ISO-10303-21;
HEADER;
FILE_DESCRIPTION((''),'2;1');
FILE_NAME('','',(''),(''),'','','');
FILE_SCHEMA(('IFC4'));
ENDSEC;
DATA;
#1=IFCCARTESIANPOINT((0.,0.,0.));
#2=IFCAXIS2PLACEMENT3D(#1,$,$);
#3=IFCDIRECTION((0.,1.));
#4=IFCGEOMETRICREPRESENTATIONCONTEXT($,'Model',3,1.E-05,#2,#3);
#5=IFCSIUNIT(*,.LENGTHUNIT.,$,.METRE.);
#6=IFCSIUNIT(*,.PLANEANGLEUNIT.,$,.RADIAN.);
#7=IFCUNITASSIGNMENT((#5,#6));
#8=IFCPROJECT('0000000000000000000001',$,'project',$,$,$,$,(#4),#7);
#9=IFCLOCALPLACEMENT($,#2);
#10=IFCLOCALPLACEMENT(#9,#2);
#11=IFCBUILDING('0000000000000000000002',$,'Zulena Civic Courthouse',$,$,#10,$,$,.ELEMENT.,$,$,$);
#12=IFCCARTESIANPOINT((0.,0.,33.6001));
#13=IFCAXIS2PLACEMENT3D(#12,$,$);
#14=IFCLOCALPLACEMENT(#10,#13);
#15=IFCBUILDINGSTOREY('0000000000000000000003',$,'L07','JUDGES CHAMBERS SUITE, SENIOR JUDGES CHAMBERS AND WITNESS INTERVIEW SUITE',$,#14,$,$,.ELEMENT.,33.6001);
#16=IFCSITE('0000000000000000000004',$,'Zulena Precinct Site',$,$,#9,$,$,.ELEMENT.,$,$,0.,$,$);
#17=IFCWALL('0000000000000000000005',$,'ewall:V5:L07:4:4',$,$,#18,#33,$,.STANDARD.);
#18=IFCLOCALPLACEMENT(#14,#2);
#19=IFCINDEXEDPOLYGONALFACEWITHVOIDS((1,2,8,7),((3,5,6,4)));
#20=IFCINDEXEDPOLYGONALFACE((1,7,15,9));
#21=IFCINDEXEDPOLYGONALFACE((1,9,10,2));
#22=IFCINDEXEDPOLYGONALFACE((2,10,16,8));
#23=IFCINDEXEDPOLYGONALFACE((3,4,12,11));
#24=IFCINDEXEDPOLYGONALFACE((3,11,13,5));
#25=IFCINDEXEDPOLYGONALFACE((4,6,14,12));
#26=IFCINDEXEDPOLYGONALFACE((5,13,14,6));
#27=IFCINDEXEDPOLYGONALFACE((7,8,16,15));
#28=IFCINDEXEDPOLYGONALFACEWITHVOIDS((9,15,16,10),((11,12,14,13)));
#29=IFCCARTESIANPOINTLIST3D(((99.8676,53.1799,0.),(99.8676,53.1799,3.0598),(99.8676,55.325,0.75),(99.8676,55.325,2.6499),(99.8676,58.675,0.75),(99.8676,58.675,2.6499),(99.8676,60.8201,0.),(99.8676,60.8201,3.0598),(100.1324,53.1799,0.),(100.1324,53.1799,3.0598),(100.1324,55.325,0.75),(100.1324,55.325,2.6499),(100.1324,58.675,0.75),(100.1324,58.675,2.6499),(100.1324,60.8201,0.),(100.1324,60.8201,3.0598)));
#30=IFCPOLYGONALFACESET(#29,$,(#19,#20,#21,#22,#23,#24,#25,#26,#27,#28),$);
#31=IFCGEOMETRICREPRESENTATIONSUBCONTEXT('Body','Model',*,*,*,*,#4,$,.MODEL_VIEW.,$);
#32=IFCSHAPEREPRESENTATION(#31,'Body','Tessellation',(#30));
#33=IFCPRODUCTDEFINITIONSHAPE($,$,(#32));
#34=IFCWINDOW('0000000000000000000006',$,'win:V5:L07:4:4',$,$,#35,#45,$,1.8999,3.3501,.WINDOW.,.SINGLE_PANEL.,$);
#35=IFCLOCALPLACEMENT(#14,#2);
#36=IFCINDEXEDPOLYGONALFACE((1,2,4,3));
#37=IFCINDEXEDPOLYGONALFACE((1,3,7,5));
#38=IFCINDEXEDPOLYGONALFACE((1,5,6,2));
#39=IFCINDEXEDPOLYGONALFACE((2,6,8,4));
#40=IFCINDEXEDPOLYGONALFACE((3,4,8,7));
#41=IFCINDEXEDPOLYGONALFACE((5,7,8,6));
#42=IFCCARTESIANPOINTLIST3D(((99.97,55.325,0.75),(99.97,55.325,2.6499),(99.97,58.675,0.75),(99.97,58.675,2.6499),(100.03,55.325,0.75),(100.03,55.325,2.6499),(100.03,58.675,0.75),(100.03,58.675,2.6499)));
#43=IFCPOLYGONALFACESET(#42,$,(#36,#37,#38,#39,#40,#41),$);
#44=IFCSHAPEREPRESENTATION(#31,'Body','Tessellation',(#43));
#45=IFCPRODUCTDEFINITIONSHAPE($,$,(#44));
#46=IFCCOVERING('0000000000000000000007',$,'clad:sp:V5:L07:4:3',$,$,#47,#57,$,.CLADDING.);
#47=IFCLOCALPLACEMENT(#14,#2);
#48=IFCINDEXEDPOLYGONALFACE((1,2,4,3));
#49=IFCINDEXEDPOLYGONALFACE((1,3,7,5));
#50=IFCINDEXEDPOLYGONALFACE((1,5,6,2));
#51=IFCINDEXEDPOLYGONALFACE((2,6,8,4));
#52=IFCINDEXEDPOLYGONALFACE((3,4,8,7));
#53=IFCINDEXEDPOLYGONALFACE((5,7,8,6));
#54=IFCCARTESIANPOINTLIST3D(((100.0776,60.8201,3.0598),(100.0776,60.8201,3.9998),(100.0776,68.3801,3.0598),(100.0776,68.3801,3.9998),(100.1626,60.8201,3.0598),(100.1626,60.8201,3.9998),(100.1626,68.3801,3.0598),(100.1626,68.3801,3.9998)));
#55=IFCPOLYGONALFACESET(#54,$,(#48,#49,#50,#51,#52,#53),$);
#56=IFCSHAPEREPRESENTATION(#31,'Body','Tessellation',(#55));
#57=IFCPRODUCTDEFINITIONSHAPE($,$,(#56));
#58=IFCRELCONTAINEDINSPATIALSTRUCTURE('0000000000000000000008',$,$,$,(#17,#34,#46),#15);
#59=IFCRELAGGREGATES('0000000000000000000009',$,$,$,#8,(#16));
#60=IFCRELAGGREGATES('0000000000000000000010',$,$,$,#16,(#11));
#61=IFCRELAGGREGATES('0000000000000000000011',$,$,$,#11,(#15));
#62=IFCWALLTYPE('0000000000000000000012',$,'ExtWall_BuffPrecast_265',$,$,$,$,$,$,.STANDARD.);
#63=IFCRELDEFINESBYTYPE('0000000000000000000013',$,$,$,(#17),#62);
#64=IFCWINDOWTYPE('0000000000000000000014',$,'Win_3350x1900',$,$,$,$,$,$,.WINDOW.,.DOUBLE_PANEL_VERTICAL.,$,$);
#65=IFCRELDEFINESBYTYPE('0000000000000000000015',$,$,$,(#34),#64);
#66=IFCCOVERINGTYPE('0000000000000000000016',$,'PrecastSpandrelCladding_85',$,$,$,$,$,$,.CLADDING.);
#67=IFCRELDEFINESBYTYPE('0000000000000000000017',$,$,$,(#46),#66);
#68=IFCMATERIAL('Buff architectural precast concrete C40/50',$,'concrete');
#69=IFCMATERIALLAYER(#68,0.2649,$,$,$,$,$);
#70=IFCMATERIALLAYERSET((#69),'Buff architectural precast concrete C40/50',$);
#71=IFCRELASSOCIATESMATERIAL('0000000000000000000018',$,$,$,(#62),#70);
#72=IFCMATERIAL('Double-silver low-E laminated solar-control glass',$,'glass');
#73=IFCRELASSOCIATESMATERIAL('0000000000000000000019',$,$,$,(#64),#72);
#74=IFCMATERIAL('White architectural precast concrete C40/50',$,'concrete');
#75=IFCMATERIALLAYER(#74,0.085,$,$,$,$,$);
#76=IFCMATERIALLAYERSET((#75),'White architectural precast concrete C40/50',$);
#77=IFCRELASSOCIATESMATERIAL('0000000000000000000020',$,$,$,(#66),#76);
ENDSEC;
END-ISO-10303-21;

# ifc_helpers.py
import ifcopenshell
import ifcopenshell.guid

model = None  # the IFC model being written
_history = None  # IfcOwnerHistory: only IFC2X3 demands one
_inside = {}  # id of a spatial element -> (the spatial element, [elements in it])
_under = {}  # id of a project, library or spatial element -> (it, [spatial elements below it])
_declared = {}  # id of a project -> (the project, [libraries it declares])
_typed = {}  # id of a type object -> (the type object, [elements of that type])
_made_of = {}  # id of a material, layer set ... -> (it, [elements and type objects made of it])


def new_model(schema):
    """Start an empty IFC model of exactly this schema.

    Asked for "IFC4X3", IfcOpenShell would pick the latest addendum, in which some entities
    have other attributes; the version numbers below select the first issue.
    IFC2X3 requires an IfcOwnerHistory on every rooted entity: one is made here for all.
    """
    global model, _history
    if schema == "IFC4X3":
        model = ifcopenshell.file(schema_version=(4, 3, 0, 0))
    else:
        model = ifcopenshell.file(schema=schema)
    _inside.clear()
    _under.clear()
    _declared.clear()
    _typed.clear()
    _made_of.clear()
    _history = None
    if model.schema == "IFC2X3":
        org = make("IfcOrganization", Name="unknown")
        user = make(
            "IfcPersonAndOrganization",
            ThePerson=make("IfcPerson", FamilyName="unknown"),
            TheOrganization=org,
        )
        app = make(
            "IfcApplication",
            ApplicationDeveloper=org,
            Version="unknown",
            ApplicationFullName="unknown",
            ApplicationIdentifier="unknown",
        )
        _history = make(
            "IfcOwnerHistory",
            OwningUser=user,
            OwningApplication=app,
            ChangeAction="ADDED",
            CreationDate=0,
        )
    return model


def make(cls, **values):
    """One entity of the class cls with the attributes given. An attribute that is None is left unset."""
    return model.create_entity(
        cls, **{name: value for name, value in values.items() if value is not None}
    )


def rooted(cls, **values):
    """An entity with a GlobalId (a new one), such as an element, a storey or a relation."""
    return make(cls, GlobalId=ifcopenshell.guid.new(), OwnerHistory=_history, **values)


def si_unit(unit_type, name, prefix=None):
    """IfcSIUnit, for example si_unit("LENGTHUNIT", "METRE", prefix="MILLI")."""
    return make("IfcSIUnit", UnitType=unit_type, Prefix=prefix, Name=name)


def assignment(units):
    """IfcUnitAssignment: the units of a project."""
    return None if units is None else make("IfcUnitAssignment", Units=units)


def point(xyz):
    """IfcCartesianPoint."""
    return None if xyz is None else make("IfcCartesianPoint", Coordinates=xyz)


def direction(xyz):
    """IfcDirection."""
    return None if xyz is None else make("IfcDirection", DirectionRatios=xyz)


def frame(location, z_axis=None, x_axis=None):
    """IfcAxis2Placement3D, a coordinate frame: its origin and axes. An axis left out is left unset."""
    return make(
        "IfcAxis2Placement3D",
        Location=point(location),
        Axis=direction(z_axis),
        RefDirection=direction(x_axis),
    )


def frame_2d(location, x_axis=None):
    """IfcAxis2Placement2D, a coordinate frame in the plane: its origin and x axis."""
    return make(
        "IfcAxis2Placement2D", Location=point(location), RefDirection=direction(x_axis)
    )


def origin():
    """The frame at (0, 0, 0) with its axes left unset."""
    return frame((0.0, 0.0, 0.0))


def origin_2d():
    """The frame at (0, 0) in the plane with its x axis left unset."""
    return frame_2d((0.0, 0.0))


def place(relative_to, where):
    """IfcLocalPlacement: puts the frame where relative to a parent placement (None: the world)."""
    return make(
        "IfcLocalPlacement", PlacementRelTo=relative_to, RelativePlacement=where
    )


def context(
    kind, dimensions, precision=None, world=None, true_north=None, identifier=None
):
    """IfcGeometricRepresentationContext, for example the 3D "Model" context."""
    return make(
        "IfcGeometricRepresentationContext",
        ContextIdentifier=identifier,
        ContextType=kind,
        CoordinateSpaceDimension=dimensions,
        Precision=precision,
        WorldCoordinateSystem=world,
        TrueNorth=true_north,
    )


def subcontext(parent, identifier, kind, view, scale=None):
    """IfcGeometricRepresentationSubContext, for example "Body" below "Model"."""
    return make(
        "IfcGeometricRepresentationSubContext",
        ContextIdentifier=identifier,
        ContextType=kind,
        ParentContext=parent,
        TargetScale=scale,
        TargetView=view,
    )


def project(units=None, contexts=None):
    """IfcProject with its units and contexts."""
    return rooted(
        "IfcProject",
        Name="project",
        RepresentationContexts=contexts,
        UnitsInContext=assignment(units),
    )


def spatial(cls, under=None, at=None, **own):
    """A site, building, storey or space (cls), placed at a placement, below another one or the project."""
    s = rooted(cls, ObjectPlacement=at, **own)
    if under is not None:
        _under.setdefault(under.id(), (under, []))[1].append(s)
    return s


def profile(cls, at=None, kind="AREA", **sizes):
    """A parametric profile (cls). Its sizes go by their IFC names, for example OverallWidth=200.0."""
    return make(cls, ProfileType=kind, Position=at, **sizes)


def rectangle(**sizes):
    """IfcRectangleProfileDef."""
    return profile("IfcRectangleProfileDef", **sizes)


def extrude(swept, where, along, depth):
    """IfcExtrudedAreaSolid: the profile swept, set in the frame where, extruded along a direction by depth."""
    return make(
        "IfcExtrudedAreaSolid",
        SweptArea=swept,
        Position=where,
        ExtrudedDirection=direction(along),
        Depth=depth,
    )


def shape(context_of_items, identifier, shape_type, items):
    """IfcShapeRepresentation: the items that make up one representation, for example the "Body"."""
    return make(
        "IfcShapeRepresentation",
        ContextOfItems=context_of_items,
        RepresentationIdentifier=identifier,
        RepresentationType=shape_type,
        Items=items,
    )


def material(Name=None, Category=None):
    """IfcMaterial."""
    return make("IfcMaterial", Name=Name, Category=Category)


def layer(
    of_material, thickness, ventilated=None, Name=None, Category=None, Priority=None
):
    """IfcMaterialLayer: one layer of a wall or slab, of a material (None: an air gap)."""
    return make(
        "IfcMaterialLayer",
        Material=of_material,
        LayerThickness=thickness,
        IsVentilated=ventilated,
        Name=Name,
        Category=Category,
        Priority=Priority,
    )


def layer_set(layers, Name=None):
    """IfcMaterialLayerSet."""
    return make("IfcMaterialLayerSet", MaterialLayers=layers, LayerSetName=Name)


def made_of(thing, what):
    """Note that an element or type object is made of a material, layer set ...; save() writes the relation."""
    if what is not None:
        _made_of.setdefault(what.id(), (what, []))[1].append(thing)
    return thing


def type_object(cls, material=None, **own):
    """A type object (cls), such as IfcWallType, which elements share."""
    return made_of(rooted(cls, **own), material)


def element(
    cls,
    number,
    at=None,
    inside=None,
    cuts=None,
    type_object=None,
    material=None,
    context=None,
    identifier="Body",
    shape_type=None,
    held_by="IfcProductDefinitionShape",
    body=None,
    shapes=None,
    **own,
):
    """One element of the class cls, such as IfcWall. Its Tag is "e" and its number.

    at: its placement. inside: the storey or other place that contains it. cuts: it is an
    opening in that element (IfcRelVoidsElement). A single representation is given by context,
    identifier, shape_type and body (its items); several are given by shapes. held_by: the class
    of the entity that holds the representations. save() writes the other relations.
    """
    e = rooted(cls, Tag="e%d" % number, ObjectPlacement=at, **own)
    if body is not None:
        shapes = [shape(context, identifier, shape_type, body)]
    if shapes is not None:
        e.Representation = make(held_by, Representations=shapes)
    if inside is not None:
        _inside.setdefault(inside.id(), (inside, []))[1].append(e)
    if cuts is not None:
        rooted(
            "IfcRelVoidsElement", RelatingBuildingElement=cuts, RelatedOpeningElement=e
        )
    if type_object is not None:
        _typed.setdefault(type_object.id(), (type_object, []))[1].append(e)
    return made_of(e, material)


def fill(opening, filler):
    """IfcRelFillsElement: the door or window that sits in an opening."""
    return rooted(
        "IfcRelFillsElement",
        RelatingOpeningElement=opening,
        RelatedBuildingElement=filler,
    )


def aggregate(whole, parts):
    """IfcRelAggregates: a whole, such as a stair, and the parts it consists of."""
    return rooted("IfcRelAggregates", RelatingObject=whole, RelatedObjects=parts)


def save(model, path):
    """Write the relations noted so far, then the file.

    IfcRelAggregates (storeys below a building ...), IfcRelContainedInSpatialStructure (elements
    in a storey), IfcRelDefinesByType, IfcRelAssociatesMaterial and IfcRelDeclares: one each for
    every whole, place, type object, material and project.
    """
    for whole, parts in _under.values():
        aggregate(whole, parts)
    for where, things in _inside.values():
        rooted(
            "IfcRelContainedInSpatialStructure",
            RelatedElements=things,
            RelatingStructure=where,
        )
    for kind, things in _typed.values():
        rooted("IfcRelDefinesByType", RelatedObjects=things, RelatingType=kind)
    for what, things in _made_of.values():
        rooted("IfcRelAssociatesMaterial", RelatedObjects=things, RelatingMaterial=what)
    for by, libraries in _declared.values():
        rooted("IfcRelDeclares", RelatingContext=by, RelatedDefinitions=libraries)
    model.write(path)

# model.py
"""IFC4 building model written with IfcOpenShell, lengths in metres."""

from ifc_helpers import new_model, si_unit, direction, frame, frame_2d, origin, origin_2d, place, context, subcontext, project, spatial, rectangle, extrude, material, layer, layer_set, type_object, element, fill, save


model = new_model("IFC4")

# Units and contexts
model_context = context("Model", 3, precision=1e-05, world=origin(), true_north=direction((0.0, 1.0)))
body_context = subcontext(model_context, "Body", "Model", "MODEL_VIEW")
ifc_project = project(units=[si_unit("LENGTHUNIT", "METRE"), si_unit("PLANEANGLEUNIT", "RADIAN")], contexts=[model_context])

# Site, building, storey
site_placement = place(None, origin())
site = spatial("IfcSite", under=ifc_project, at=site_placement, Name="Zulena Precinct Site", CompositionType="ELEMENT", RefElevation=0.0)
building_placement = place(site_placement, origin())
building = spatial("IfcBuilding", under=site, at=building_placement, Name="Zulena Civic Courthouse", CompositionType="ELEMENT")
storey_placement = place(building_placement, frame((0.0, 0.0, 33.6001)))
storey = spatial("IfcBuildingStorey", under=building, at=storey_placement, Name="L07", Description="JUDGES CHAMBERS SUITE, SENIOR JUDGES CHAMBERS AND WITNESS INTERVIEW SUITE", CompositionType="ELEMENT", Elevation=33.6001)

# Wall, opening, window
ifc_material_1 = material(Name="Buff architectural precast concrete C40/50", Category="concrete")
ifc_layer_1 = layer(ifc_material_1, 0.2649)
ifc_layer_set_1 = layer_set([ifc_layer_1], Name="Buff architectural precast concrete C40/50")
wall_type_1 = type_object("IfcWallType", Name="ExtWall_BuffPrecast_265", PredefinedType="STANDARD", material=ifc_layer_set_1)
ifc_material_2 = material(Name="Double-silver low-E laminated solar-control glass", Category="glass")
wall_1_placement = place(storey_placement, frame((100.0, 60.8201, 0.0), z_axis=(0.0, 0.0, 1.0), x_axis=(0.0, -1.0, 0.0)))
wall_1 = element("IfcWall", 1, at=wall_1_placement, inside=storey, type_object=wall_type_1, Name="ewall:V5:L07:4:4", PredefinedType="STANDARD", context=body_context, shape_type="SweptSolid", body=[
    extrude(rectangle(XDim=7.6401, YDim=0.2649, at=frame_2d((3.8201, 0.0))), origin(), (0.0, 0.0, 1.0), 3.0598),
])
opening_1_placement = place(wall_1_placement, frame((2.145, 0.0, 0.75)))
opening_1 = element("IfcOpeningElement", 2, at=opening_1_placement, cuts=wall_1, PredefinedType="OPENING", context=body_context, shape_type="SweptSolid", body=[
    extrude(rectangle(XDim=3.3501, YDim=1.8999, at=frame_2d((1.675, 0.95))), frame((0.0, 0.1423, 0.0), z_axis=(0.0, -1.0, 0.0), x_axis=(1.0, 0.0, 0.0)), (0.0, 0.0, 1.0), 0.2849),
])
window_type_1 = type_object("IfcWindowType", Name="Win_3350x1900", PartitioningType="DOUBLE_PANEL_VERTICAL", PredefinedType="WINDOW", material=ifc_material_2)
window_1_placement = place(opening_1_placement, origin())
window_1 = element("IfcWindow", 3, at=window_1_placement, inside=storey, type_object=window_type_1, Name="win:V5:L07:4:4", OverallHeight=1.8999, OverallWidth=3.3501, PartitioningType="SINGLE_PANEL", PredefinedType="WINDOW", context=body_context, shape_type="SweptSolid", body=[
    extrude(rectangle(XDim=3.3501, YDim=1.8999, at=frame_2d((1.675, 0.95))), frame((0.0, 0.03, 0.0), z_axis=(0.0, -1.0, 0.0), x_axis=(1.0, 0.0, 0.0)), (0.0, 0.0, 1.0), 0.0601),
])
fill(opening_1, window_1)

# Covering
ifc_material_3 = material(Name="White architectural precast concrete C40/50", Category="concrete")
ifc_layer_2 = layer(ifc_material_3, 0.085)
ifc_layer_set_2 = layer_set([ifc_layer_2], Name="White architectural precast concrete C40/50")
covering_type = type_object("IfcCoveringType", Name="PrecastSpandrelCladding_85", PredefinedType="CLADDING", material=ifc_layer_set_2)
covering_placement = place(storey_placement, frame((100.1201, 64.6001, 3.0598), z_axis=(0.0, 0.0, 1.0), x_axis=(0.0, -1.0, 0.0)))
element("IfcCovering", 4, at=covering_placement, inside=storey, type_object=covering_type, Name="clad:sp:V5:L07:4:3", PredefinedType="CLADDING", context=body_context, shape_type="SweptSolid", body=[
    extrude(rectangle(XDim=7.5601, YDim=0.085, at=origin_2d()), origin(), (0.0, 0.0, 1.0), 0.9399),
])

save(model, "model.ifc")
